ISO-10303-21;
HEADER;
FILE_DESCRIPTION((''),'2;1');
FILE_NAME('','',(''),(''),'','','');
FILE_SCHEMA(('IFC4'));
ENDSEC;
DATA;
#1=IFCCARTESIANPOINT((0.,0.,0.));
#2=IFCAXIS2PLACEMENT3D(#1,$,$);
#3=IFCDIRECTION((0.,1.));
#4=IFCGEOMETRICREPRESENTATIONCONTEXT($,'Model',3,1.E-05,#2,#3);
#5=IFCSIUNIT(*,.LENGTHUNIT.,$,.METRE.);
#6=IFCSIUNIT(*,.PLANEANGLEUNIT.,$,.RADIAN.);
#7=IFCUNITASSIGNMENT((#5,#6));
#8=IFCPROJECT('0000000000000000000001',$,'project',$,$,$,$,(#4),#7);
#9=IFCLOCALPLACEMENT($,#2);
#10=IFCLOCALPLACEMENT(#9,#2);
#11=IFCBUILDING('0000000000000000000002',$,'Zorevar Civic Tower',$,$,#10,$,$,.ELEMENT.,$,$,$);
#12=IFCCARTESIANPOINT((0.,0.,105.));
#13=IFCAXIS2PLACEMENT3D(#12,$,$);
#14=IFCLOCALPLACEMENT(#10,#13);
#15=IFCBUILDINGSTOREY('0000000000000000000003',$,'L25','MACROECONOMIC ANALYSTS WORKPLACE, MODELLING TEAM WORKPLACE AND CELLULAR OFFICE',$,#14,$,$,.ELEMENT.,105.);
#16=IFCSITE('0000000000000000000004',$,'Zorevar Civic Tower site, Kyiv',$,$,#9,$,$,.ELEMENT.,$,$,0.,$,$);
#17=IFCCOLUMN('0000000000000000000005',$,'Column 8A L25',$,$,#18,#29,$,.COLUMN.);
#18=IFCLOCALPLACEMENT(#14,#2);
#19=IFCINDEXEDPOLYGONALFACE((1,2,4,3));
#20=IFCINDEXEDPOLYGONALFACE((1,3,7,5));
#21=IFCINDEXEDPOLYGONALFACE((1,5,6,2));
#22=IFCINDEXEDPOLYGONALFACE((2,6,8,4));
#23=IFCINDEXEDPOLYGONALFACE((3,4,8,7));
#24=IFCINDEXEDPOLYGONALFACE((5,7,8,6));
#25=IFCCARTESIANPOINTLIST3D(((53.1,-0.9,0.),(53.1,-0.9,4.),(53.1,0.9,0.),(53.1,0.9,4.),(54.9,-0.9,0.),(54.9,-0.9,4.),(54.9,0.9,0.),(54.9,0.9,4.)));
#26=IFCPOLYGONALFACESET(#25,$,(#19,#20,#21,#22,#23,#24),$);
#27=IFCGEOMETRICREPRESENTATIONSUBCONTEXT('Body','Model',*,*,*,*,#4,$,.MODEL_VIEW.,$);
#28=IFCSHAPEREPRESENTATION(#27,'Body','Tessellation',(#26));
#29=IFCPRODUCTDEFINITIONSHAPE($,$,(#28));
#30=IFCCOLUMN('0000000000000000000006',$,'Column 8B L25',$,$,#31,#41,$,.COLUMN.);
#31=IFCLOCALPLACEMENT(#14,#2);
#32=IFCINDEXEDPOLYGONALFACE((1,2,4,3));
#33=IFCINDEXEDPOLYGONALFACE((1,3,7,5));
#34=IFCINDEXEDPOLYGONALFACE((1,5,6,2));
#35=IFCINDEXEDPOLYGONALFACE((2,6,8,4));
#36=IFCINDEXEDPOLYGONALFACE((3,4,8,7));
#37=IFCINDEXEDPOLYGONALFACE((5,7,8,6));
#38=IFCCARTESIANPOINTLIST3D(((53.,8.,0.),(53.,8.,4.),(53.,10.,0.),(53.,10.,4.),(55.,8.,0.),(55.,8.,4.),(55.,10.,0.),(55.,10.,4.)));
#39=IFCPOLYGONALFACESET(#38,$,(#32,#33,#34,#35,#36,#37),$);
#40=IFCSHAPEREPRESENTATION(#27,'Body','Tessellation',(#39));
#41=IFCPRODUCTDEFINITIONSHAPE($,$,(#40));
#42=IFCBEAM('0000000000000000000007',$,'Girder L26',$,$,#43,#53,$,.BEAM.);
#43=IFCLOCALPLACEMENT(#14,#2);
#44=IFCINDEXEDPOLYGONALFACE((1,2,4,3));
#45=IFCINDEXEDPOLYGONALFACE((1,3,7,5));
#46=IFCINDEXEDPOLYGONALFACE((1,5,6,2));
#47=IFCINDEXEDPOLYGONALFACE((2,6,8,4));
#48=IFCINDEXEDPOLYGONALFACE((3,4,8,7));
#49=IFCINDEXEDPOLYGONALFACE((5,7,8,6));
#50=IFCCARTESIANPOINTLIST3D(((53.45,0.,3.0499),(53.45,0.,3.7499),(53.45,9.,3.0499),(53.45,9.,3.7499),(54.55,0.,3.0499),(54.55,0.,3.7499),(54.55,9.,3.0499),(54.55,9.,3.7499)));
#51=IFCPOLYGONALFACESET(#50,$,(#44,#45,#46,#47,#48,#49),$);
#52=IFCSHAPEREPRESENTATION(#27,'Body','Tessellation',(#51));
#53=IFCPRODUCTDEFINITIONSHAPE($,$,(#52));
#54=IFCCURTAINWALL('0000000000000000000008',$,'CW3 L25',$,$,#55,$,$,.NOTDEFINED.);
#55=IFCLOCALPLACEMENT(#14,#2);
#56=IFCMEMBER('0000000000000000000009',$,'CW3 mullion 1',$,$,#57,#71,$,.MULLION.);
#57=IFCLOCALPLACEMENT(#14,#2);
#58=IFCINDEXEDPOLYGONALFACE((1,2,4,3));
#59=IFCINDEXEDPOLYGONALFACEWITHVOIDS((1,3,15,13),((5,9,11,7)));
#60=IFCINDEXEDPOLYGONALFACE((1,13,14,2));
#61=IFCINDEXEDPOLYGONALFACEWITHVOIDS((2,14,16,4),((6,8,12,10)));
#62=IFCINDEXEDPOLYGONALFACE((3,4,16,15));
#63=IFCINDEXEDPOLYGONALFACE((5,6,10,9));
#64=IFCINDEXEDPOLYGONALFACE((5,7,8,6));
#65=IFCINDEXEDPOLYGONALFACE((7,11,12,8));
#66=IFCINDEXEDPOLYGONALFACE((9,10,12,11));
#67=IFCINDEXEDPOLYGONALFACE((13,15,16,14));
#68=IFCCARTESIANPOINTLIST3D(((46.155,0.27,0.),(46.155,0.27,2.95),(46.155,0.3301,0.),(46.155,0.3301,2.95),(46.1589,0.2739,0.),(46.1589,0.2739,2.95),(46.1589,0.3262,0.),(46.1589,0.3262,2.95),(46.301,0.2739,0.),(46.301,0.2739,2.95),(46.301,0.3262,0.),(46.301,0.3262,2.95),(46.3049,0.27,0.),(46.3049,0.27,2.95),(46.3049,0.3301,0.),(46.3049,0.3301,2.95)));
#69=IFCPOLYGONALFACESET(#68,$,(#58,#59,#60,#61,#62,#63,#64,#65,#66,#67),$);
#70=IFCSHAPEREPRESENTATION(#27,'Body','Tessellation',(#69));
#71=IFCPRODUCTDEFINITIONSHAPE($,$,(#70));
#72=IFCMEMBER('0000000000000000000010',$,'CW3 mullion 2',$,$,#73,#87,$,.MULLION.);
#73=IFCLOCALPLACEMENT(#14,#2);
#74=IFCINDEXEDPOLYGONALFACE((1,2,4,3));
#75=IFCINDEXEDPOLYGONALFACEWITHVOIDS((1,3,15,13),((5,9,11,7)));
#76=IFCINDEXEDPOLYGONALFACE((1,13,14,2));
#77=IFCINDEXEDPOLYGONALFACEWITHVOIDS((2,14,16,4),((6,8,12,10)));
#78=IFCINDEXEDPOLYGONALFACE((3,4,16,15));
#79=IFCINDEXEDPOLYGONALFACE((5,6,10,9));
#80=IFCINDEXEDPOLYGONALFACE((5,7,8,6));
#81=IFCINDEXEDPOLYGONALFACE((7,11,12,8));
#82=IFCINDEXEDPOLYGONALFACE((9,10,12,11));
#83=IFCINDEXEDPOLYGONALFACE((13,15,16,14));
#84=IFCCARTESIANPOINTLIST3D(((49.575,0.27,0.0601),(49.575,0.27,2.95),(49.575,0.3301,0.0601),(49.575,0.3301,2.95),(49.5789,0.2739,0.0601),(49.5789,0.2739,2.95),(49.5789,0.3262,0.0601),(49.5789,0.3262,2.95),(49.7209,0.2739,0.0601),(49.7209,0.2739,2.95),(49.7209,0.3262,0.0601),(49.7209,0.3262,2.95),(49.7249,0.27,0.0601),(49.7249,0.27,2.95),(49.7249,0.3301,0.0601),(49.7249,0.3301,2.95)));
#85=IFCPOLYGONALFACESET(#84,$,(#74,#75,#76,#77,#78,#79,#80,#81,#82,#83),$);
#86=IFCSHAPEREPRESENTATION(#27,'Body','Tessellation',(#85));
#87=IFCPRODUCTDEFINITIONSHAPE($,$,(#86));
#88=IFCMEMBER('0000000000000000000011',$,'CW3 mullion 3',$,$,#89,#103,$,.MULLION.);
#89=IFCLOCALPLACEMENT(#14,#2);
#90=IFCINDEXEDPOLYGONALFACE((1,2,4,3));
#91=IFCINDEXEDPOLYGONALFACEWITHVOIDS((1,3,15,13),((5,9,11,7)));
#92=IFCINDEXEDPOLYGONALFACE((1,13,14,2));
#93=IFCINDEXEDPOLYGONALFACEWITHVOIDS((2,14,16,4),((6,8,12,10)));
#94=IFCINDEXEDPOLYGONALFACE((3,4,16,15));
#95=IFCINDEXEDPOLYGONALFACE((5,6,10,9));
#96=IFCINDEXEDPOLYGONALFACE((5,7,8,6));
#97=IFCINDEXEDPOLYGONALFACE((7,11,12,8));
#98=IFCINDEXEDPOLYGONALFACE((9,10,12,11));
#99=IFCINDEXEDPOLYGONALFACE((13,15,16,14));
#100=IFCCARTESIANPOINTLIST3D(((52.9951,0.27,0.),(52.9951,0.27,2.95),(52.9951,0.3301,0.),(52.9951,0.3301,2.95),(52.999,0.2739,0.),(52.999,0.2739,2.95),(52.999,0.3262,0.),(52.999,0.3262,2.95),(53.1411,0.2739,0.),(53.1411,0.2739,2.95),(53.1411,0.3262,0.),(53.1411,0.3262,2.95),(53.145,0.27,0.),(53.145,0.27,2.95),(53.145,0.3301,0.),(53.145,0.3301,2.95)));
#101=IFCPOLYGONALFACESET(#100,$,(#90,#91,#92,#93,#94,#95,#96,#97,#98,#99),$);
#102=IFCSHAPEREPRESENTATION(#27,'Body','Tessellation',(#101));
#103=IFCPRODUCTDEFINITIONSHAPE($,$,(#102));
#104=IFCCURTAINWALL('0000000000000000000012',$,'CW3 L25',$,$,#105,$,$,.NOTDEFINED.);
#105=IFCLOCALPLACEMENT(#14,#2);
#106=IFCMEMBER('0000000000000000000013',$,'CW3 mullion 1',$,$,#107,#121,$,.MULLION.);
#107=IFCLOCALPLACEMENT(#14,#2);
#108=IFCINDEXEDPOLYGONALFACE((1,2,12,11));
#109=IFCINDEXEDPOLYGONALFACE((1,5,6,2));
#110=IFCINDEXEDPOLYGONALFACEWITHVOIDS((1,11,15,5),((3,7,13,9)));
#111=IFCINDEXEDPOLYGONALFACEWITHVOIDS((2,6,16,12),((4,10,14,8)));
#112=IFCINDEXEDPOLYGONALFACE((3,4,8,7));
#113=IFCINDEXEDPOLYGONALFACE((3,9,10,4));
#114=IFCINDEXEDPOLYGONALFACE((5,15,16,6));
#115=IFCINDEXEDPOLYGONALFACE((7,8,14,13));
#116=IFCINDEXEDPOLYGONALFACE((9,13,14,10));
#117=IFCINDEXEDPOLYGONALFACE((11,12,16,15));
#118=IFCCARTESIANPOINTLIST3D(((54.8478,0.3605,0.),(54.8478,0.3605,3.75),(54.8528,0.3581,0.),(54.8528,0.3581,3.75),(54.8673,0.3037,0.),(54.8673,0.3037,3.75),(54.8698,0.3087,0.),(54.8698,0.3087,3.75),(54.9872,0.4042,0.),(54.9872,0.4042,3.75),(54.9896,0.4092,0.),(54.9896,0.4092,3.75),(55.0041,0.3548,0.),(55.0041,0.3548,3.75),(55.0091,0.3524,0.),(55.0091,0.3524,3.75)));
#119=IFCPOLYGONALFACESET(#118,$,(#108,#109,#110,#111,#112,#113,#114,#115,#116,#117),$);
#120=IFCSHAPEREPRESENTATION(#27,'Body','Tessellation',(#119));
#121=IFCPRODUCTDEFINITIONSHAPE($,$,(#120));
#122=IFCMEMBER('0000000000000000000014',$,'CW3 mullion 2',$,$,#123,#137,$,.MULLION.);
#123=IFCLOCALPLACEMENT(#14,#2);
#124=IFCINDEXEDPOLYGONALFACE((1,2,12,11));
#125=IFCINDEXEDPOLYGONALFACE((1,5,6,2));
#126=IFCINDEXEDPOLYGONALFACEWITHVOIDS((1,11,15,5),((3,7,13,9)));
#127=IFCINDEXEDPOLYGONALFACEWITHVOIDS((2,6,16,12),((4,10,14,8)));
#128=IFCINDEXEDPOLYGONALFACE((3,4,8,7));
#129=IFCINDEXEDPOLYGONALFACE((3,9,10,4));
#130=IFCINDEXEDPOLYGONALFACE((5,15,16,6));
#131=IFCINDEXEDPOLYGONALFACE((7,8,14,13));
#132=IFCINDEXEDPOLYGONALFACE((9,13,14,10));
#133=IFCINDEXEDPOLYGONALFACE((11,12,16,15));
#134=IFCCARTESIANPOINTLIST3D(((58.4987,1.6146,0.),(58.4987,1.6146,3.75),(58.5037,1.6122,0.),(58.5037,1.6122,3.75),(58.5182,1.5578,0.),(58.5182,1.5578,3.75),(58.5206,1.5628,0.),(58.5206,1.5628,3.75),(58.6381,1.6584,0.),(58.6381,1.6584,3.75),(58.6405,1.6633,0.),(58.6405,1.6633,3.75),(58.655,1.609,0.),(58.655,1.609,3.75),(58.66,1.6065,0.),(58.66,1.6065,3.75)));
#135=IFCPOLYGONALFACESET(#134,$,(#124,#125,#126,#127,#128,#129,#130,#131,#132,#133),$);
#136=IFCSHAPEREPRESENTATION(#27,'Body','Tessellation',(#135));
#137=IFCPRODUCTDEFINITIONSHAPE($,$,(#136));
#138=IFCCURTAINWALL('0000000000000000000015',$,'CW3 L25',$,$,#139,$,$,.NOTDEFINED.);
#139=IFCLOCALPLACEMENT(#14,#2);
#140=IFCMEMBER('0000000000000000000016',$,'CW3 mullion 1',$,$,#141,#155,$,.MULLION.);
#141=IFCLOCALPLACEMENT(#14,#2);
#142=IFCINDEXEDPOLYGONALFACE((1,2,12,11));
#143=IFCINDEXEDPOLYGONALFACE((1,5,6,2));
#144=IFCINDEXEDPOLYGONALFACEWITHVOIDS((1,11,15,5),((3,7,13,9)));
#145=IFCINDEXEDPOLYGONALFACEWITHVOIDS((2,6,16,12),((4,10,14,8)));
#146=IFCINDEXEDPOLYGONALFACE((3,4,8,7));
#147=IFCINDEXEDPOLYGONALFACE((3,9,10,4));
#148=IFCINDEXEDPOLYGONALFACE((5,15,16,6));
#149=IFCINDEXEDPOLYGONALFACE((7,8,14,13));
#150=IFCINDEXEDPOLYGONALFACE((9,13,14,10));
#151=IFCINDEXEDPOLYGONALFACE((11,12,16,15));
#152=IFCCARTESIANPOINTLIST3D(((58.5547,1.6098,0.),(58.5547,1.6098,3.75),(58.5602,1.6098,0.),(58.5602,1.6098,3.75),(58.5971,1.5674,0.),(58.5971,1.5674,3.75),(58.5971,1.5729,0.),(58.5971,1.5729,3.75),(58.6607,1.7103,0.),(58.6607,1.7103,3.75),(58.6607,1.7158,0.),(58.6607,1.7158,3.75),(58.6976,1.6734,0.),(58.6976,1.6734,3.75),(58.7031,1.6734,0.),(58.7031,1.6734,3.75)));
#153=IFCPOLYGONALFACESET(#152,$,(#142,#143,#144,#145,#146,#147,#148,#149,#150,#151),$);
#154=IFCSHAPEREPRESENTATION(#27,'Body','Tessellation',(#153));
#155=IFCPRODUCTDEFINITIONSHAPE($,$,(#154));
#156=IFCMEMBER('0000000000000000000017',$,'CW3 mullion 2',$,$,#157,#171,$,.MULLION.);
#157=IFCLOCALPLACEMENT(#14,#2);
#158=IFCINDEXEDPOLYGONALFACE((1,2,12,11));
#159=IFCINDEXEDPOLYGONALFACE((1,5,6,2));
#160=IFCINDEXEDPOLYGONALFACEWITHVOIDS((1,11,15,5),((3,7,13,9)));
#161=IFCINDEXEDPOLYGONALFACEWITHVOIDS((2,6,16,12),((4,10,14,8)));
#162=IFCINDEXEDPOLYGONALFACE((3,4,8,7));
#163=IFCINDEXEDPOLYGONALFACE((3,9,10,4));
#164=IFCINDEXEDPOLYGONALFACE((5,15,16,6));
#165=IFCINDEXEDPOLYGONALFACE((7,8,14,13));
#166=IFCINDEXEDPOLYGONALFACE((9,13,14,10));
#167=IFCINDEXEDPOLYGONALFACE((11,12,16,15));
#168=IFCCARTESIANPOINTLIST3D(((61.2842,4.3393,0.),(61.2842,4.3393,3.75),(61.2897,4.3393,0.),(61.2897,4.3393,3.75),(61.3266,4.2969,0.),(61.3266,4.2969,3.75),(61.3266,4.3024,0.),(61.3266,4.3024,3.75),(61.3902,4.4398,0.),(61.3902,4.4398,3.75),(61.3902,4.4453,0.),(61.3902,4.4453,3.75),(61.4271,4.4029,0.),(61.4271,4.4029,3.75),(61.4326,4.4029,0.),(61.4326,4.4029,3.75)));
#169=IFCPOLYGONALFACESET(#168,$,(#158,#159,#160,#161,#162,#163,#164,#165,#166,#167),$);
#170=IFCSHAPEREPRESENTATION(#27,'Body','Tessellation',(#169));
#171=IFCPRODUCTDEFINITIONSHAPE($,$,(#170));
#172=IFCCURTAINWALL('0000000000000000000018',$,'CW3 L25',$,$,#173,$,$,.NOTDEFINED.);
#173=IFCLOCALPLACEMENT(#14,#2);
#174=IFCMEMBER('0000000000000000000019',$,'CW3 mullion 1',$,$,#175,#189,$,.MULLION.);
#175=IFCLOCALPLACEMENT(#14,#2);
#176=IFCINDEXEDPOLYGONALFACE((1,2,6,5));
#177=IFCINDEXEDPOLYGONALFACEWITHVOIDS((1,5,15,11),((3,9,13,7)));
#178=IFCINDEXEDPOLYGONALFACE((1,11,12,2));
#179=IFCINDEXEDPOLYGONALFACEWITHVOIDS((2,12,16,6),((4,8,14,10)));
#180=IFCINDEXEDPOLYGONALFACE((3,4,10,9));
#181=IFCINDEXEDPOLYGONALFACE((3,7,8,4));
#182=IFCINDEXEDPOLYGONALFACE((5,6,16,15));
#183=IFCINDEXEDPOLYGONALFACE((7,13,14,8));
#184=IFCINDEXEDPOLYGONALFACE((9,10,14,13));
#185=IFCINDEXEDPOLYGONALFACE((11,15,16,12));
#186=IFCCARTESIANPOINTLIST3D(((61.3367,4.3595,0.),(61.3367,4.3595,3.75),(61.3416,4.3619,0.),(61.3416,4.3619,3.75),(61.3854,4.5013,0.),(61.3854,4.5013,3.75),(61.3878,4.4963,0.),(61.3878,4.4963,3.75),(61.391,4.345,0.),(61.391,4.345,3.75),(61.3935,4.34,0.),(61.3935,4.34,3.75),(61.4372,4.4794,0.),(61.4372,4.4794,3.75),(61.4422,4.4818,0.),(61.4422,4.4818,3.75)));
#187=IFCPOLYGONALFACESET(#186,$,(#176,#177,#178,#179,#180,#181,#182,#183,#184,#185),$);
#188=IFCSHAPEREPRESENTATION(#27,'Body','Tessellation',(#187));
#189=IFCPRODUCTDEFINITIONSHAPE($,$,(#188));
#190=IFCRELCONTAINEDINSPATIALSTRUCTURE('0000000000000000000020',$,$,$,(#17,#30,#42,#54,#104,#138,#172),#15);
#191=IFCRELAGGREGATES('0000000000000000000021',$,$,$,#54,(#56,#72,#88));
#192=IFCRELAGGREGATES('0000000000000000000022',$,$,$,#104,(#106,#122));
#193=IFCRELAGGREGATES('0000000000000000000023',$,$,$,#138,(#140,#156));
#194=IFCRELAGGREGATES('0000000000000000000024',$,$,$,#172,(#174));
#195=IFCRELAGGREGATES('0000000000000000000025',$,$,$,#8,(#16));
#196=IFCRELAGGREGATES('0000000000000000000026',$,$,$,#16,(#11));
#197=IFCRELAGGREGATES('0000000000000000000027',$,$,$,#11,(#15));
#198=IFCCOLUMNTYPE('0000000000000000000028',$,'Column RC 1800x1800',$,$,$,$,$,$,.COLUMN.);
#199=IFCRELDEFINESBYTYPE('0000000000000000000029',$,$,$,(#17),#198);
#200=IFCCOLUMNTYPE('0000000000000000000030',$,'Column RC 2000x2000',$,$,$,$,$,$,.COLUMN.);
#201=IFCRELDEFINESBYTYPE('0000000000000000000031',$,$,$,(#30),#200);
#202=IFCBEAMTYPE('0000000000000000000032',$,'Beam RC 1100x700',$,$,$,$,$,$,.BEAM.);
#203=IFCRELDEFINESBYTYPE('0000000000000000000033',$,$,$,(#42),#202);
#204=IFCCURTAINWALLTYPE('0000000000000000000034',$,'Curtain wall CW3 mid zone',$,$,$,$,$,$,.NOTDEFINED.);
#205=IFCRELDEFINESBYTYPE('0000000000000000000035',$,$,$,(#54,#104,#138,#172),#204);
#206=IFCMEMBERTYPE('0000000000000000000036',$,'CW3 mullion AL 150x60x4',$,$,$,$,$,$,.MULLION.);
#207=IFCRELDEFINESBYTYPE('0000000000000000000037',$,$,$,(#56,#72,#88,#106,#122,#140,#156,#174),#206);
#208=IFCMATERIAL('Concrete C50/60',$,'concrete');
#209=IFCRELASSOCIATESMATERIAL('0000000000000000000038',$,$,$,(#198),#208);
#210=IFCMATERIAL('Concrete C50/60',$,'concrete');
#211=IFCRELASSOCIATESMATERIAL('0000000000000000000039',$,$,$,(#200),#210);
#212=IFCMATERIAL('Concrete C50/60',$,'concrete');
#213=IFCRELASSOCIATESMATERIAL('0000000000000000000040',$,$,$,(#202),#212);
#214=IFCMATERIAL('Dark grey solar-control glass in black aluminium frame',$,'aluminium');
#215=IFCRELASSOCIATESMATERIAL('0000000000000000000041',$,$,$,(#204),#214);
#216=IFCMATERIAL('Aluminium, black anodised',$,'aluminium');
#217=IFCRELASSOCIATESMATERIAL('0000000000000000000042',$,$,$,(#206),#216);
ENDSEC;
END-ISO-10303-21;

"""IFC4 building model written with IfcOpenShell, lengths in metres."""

from ifc_helpers import new_model, si_unit, direction, frame, origin, origin_2d, place, context, subcontext, project, spatial, rectangle, hollow_rectangle, extrude, material, material_profile, profile_set, type_object, element, aggregate, save


model = new_model("IFC4")

# Units and contexts
model_context = context("Model", 3, precision=1e-05, world=origin(), true_north=direction((0.0, 1.0)))
body_context = subcontext(model_context, "Body", "Model", "MODEL_VIEW")
ifc_project = project(units=[si_unit("LENGTHUNIT", "METRE"), si_unit("PLANEANGLEUNIT", "RADIAN")], contexts=[model_context])

# Site, building, storey
site_placement = place(None, origin())
site = spatial("IfcSite", under=ifc_project, at=site_placement, Name="Zorevar Civic Tower site, Kyiv", CompositionType="ELEMENT", RefElevation=0.0)
building_placement = place(site_placement, origin())
building = spatial("IfcBuilding", under=site, at=building_placement, Name="Zorevar Civic Tower", CompositionType="ELEMENT")
storey_placement = place(building_placement, frame((0.0, 0.0, 105.0)))
storey = spatial("IfcBuildingStorey", under=building, at=storey_placement, Name="L25", Description="MACROECONOMIC ANALYSTS WORKPLACE, MODELLING TEAM WORKPLACE AND CELLULAR OFFICE", CompositionType="ELEMENT", Elevation=105.0)

# Columns
ifc_material_1 = material(Name="Concrete C50/60", Category="concrete")
ifc_material_profile_1 = material_profile(ifc_material_1, rectangle(XDim=1.8, YDim=1.8, at=origin_2d()), Name="RC 1800x1800")
ifc_profile_set_1 = profile_set([ifc_material_profile_1], Name="Concrete C50/60")
column_type_1 = type_object("IfcColumnType", Name="Column RC 1800x1800", PredefinedType="COLUMN", material=ifc_profile_set_1)
column_1_placement = place(storey_placement, frame((54.0, 0.0, 0.0), z_axis=(0.0, 0.0, 1.0), x_axis=(1.0, 0.0, 0.0)))
element("IfcColumn", 1, at=column_1_placement, inside=storey, type_object=column_type_1, Name="Column 8A L25", PredefinedType="COLUMN", context=body_context, shape_type="SweptSolid", body=[
    extrude(rectangle(XDim=1.8, YDim=1.8, at=origin_2d()), origin(), (0.0, 0.0, 1.0), 4.0),
])
ifc_material_2 = material(Name="Concrete C50/60", Category="concrete")
ifc_material_profile_2 = material_profile(ifc_material_2, rectangle(XDim=2.0, YDim=2.0, at=origin_2d()), Name="RC 2000x2000")
ifc_profile_set_2 = profile_set([ifc_material_profile_2], Name="Concrete C50/60")
column_type_2 = type_object("IfcColumnType", Name="Column RC 2000x2000", PredefinedType="COLUMN", material=ifc_profile_set_2)
column_2_placement = place(storey_placement, frame((54.0, 9.0, 0.0), z_axis=(0.0, 0.0, 1.0), x_axis=(1.0, 0.0, 0.0)))
element("IfcColumn", 2, at=column_2_placement, inside=storey, type_object=column_type_2, Name="Column 8B L25", PredefinedType="COLUMN", context=body_context, shape_type="SweptSolid", body=[
    extrude(rectangle(XDim=2.0, YDim=2.0, at=origin_2d()), origin(), (0.0, 0.0, 1.0), 4.0),
])

# Beam
ifc_material_3 = material(Name="Concrete C50/60", Category="concrete")
ifc_material_profile_3 = material_profile(ifc_material_3, rectangle(XDim=1.1001, YDim=0.7, at=origin_2d()), Name="RC 1100x700")
ifc_profile_set_3 = profile_set([ifc_material_profile_3], Name="Concrete C50/60")
beam_type_1 = type_object("IfcBeamType", Name="Beam RC 1100x700", PredefinedType="BEAM", material=ifc_profile_set_3)
beam_1_placement = place(storey_placement, frame((54.0, 0.0, 3.3999), z_axis=(0.0, 1.0, 0.0), x_axis=(-1.0, 0.0, 0.0)))
element("IfcBeam", 3, at=beam_1_placement, inside=storey, type_object=beam_type_1, Name="Girder L26", PredefinedType="BEAM", context=body_context, shape_type="SweptSolid", body=[
    extrude(rectangle(XDim=1.1001, YDim=0.7, at=origin_2d()), origin(), (0.0, 0.0, 1.0), 9.0),
])

# Curtain walls, members
ifc_material_4 = material(Name="Dark grey solar-control glass in black aluminium frame", Category="aluminium")
curtain_wall_type = type_object("IfcCurtainWallType", Name="Curtain wall CW3 mid zone", PredefinedType="NOTDEFINED", material=ifc_material_4)
curtain_wall_1_placement = place(storey_placement, origin())
curtain_wall_1 = element("IfcCurtainWall", 4, at=curtain_wall_1_placement, inside=storey, type_object=curtain_wall_type, Name="CW3 L25", PredefinedType="NOTDEFINED")
ifc_material_5 = material(Name="Aluminium, black anodised", Category="aluminium")
ifc_material_profile_4 = material_profile(ifc_material_5, hollow_rectangle(XDim=0.0601, YDim=0.1499, WallThickness=0.0039, at=origin_2d()), Name="AL 150x60x4")
ifc_profile_set_4 = profile_set([ifc_material_profile_4], Name="Aluminium, black anodised")
member_type_1 = type_object("IfcMemberType", Name="CW3 mullion AL 150x60x4", PredefinedType="MULLION", material=ifc_profile_set_4)
member_1_placement = place(storey_placement, frame((46.23, 0.3, 0.0), z_axis=(0.0, 0.0, 1.0), x_axis=(0.0, 1.0, 0.0)))
member_1 = element("IfcMember", 5, at=member_1_placement, type_object=member_type_1, Name="CW3 mullion 1", PredefinedType="MULLION", context=body_context, shape_type="SweptSolid", body=[
    extrude(hollow_rectangle(XDim=0.0601, YDim=0.1499, WallThickness=0.0039, at=origin_2d()), origin(), (0.0, 0.0, 1.0), 2.95),
])
member_2_placement = place(storey_placement, frame((49.6499, 0.3, 0.0601), z_axis=(0.0, 0.0, 1.0), x_axis=(0.0, 1.0, 0.0)))
member_2 = element("IfcMember", 6, at=member_2_placement, type_object=member_type_1, Name="CW3 mullion 2", PredefinedType="MULLION", context=body_context, shape_type="SweptSolid", body=[
    extrude(hollow_rectangle(XDim=0.0601, YDim=0.1499, WallThickness=0.0039, at=origin_2d()), origin(), (0.0, 0.0, 1.0), 2.8899),
])
member_3_placement = place(storey_placement, frame((53.0701, 0.3, 0.0), z_axis=(0.0, 0.0, 1.0), x_axis=(0.0, 1.0, 0.0)))
member_3 = element("IfcMember", 7, at=member_3_placement, type_object=member_type_1, Name="CW3 mullion 3", PredefinedType="MULLION", context=body_context, shape_type="SweptSolid", body=[
    extrude(hollow_rectangle(XDim=0.0601, YDim=0.1499, WallThickness=0.0039, at=origin_2d()), origin(), (0.0, 0.0, 1.0), 2.95),
])
curtain_wall_2_placement = place(storey_placement, origin())
curtain_wall_2 = element("IfcCurtainWall", 8, at=curtain_wall_2_placement, inside=storey, type_object=curtain_wall_type, Name="CW3 L25", PredefinedType="NOTDEFINED")
member_4_placement = place(storey_placement, frame((54.9285, 0.3564, 0.0), z_axis=(0.0, 0.0, 1.0), x_axis=(-0.324878, 0.945756, 0.0)))
member_4 = element("IfcMember", 9, at=member_4_placement, type_object=member_type_1, Name="CW3 mullion 1", PredefinedType="MULLION", context=body_context, shape_type="SweptSolid", body=[
    extrude(hollow_rectangle(XDim=0.0601, YDim=0.1499, WallThickness=0.0039, at=origin_2d()), origin(), (0.0, 0.0, 1.0), 3.75),
])
member_5_placement = place(storey_placement, frame((58.5793, 1.6106, 0.0), z_axis=(0.0, 0.0, 1.0), x_axis=(-0.324878, 0.945756, 0.0)))
member_5 = element("IfcMember", 10, at=member_5_placement, type_object=member_type_1, Name="CW3 mullion 2", PredefinedType="MULLION", context=body_context, shape_type="SweptSolid", body=[
    extrude(hollow_rectangle(XDim=0.0601, YDim=0.1499, WallThickness=0.0039, at=origin_2d()), origin(), (0.0, 0.0, 1.0), 3.75),
])
curtain_wall_3_placement = place(storey_placement, origin())
curtain_wall_3 = element("IfcCurtainWall", 11, at=curtain_wall_3_placement, inside=storey, type_object=curtain_wall_type, Name="CW3 L25", PredefinedType="NOTDEFINED")
member_6_placement = place(storey_placement, frame((58.6289, 1.6416, 0.0), z_axis=(0.0, 0.0, 1.0), x_axis=(-0.707107, 0.707107, 0.0)))
member_6 = element("IfcMember", 12, at=member_6_placement, type_object=member_type_1, Name="CW3 mullion 1", PredefinedType="MULLION", context=body_context, shape_type="SweptSolid", body=[
    extrude(hollow_rectangle(XDim=0.0601, YDim=0.1499, WallThickness=0.0039, at=origin_2d()), origin(), (0.0, 0.0, 1.0), 3.75),
])
member_7_placement = place(storey_placement, frame((61.3584, 4.3711, 0.0), z_axis=(0.0, 0.0, 1.0), x_axis=(-0.707107, 0.707107, 0.0)))
member_7 = element("IfcMember", 13, at=member_7_placement, type_object=member_type_1, Name="CW3 mullion 2", PredefinedType="MULLION", context=body_context, shape_type="SweptSolid", body=[
    extrude(hollow_rectangle(XDim=0.0601, YDim=0.1499, WallThickness=0.0039, at=origin_2d()), origin(), (0.0, 0.0, 1.0), 3.75),
])
curtain_wall_4_placement = place(storey_placement, origin())
curtain_wall_4 = element("IfcCurtainWall", 14, at=curtain_wall_4_placement, inside=storey, type_object=curtain_wall_type, Name="CW3 L25", PredefinedType="NOTDEFINED")
member_8_placement = place(storey_placement, frame((61.3894, 4.4207, 0.0), z_axis=(0.0, 0.0, 1.0), x_axis=(-0.945756, 0.324878, 0.0)))
member_8 = element("IfcMember", 15, at=member_8_placement, type_object=member_type_1, Name="CW3 mullion 1", PredefinedType="MULLION", context=body_context, shape_type="SweptSolid", body=[
    extrude(hollow_rectangle(XDim=0.0601, YDim=0.1499, WallThickness=0.0039, at=origin_2d()), origin(), (0.0, 0.0, 1.0), 3.75),
])

aggregate(curtain_wall_1, [member_1, member_2, member_3])
aggregate(curtain_wall_2, [member_4, member_5])
aggregate(curtain_wall_3, [member_6, member_7])
aggregate(curtain_wall_4, [member_8])

save(model, "model.ifc")
